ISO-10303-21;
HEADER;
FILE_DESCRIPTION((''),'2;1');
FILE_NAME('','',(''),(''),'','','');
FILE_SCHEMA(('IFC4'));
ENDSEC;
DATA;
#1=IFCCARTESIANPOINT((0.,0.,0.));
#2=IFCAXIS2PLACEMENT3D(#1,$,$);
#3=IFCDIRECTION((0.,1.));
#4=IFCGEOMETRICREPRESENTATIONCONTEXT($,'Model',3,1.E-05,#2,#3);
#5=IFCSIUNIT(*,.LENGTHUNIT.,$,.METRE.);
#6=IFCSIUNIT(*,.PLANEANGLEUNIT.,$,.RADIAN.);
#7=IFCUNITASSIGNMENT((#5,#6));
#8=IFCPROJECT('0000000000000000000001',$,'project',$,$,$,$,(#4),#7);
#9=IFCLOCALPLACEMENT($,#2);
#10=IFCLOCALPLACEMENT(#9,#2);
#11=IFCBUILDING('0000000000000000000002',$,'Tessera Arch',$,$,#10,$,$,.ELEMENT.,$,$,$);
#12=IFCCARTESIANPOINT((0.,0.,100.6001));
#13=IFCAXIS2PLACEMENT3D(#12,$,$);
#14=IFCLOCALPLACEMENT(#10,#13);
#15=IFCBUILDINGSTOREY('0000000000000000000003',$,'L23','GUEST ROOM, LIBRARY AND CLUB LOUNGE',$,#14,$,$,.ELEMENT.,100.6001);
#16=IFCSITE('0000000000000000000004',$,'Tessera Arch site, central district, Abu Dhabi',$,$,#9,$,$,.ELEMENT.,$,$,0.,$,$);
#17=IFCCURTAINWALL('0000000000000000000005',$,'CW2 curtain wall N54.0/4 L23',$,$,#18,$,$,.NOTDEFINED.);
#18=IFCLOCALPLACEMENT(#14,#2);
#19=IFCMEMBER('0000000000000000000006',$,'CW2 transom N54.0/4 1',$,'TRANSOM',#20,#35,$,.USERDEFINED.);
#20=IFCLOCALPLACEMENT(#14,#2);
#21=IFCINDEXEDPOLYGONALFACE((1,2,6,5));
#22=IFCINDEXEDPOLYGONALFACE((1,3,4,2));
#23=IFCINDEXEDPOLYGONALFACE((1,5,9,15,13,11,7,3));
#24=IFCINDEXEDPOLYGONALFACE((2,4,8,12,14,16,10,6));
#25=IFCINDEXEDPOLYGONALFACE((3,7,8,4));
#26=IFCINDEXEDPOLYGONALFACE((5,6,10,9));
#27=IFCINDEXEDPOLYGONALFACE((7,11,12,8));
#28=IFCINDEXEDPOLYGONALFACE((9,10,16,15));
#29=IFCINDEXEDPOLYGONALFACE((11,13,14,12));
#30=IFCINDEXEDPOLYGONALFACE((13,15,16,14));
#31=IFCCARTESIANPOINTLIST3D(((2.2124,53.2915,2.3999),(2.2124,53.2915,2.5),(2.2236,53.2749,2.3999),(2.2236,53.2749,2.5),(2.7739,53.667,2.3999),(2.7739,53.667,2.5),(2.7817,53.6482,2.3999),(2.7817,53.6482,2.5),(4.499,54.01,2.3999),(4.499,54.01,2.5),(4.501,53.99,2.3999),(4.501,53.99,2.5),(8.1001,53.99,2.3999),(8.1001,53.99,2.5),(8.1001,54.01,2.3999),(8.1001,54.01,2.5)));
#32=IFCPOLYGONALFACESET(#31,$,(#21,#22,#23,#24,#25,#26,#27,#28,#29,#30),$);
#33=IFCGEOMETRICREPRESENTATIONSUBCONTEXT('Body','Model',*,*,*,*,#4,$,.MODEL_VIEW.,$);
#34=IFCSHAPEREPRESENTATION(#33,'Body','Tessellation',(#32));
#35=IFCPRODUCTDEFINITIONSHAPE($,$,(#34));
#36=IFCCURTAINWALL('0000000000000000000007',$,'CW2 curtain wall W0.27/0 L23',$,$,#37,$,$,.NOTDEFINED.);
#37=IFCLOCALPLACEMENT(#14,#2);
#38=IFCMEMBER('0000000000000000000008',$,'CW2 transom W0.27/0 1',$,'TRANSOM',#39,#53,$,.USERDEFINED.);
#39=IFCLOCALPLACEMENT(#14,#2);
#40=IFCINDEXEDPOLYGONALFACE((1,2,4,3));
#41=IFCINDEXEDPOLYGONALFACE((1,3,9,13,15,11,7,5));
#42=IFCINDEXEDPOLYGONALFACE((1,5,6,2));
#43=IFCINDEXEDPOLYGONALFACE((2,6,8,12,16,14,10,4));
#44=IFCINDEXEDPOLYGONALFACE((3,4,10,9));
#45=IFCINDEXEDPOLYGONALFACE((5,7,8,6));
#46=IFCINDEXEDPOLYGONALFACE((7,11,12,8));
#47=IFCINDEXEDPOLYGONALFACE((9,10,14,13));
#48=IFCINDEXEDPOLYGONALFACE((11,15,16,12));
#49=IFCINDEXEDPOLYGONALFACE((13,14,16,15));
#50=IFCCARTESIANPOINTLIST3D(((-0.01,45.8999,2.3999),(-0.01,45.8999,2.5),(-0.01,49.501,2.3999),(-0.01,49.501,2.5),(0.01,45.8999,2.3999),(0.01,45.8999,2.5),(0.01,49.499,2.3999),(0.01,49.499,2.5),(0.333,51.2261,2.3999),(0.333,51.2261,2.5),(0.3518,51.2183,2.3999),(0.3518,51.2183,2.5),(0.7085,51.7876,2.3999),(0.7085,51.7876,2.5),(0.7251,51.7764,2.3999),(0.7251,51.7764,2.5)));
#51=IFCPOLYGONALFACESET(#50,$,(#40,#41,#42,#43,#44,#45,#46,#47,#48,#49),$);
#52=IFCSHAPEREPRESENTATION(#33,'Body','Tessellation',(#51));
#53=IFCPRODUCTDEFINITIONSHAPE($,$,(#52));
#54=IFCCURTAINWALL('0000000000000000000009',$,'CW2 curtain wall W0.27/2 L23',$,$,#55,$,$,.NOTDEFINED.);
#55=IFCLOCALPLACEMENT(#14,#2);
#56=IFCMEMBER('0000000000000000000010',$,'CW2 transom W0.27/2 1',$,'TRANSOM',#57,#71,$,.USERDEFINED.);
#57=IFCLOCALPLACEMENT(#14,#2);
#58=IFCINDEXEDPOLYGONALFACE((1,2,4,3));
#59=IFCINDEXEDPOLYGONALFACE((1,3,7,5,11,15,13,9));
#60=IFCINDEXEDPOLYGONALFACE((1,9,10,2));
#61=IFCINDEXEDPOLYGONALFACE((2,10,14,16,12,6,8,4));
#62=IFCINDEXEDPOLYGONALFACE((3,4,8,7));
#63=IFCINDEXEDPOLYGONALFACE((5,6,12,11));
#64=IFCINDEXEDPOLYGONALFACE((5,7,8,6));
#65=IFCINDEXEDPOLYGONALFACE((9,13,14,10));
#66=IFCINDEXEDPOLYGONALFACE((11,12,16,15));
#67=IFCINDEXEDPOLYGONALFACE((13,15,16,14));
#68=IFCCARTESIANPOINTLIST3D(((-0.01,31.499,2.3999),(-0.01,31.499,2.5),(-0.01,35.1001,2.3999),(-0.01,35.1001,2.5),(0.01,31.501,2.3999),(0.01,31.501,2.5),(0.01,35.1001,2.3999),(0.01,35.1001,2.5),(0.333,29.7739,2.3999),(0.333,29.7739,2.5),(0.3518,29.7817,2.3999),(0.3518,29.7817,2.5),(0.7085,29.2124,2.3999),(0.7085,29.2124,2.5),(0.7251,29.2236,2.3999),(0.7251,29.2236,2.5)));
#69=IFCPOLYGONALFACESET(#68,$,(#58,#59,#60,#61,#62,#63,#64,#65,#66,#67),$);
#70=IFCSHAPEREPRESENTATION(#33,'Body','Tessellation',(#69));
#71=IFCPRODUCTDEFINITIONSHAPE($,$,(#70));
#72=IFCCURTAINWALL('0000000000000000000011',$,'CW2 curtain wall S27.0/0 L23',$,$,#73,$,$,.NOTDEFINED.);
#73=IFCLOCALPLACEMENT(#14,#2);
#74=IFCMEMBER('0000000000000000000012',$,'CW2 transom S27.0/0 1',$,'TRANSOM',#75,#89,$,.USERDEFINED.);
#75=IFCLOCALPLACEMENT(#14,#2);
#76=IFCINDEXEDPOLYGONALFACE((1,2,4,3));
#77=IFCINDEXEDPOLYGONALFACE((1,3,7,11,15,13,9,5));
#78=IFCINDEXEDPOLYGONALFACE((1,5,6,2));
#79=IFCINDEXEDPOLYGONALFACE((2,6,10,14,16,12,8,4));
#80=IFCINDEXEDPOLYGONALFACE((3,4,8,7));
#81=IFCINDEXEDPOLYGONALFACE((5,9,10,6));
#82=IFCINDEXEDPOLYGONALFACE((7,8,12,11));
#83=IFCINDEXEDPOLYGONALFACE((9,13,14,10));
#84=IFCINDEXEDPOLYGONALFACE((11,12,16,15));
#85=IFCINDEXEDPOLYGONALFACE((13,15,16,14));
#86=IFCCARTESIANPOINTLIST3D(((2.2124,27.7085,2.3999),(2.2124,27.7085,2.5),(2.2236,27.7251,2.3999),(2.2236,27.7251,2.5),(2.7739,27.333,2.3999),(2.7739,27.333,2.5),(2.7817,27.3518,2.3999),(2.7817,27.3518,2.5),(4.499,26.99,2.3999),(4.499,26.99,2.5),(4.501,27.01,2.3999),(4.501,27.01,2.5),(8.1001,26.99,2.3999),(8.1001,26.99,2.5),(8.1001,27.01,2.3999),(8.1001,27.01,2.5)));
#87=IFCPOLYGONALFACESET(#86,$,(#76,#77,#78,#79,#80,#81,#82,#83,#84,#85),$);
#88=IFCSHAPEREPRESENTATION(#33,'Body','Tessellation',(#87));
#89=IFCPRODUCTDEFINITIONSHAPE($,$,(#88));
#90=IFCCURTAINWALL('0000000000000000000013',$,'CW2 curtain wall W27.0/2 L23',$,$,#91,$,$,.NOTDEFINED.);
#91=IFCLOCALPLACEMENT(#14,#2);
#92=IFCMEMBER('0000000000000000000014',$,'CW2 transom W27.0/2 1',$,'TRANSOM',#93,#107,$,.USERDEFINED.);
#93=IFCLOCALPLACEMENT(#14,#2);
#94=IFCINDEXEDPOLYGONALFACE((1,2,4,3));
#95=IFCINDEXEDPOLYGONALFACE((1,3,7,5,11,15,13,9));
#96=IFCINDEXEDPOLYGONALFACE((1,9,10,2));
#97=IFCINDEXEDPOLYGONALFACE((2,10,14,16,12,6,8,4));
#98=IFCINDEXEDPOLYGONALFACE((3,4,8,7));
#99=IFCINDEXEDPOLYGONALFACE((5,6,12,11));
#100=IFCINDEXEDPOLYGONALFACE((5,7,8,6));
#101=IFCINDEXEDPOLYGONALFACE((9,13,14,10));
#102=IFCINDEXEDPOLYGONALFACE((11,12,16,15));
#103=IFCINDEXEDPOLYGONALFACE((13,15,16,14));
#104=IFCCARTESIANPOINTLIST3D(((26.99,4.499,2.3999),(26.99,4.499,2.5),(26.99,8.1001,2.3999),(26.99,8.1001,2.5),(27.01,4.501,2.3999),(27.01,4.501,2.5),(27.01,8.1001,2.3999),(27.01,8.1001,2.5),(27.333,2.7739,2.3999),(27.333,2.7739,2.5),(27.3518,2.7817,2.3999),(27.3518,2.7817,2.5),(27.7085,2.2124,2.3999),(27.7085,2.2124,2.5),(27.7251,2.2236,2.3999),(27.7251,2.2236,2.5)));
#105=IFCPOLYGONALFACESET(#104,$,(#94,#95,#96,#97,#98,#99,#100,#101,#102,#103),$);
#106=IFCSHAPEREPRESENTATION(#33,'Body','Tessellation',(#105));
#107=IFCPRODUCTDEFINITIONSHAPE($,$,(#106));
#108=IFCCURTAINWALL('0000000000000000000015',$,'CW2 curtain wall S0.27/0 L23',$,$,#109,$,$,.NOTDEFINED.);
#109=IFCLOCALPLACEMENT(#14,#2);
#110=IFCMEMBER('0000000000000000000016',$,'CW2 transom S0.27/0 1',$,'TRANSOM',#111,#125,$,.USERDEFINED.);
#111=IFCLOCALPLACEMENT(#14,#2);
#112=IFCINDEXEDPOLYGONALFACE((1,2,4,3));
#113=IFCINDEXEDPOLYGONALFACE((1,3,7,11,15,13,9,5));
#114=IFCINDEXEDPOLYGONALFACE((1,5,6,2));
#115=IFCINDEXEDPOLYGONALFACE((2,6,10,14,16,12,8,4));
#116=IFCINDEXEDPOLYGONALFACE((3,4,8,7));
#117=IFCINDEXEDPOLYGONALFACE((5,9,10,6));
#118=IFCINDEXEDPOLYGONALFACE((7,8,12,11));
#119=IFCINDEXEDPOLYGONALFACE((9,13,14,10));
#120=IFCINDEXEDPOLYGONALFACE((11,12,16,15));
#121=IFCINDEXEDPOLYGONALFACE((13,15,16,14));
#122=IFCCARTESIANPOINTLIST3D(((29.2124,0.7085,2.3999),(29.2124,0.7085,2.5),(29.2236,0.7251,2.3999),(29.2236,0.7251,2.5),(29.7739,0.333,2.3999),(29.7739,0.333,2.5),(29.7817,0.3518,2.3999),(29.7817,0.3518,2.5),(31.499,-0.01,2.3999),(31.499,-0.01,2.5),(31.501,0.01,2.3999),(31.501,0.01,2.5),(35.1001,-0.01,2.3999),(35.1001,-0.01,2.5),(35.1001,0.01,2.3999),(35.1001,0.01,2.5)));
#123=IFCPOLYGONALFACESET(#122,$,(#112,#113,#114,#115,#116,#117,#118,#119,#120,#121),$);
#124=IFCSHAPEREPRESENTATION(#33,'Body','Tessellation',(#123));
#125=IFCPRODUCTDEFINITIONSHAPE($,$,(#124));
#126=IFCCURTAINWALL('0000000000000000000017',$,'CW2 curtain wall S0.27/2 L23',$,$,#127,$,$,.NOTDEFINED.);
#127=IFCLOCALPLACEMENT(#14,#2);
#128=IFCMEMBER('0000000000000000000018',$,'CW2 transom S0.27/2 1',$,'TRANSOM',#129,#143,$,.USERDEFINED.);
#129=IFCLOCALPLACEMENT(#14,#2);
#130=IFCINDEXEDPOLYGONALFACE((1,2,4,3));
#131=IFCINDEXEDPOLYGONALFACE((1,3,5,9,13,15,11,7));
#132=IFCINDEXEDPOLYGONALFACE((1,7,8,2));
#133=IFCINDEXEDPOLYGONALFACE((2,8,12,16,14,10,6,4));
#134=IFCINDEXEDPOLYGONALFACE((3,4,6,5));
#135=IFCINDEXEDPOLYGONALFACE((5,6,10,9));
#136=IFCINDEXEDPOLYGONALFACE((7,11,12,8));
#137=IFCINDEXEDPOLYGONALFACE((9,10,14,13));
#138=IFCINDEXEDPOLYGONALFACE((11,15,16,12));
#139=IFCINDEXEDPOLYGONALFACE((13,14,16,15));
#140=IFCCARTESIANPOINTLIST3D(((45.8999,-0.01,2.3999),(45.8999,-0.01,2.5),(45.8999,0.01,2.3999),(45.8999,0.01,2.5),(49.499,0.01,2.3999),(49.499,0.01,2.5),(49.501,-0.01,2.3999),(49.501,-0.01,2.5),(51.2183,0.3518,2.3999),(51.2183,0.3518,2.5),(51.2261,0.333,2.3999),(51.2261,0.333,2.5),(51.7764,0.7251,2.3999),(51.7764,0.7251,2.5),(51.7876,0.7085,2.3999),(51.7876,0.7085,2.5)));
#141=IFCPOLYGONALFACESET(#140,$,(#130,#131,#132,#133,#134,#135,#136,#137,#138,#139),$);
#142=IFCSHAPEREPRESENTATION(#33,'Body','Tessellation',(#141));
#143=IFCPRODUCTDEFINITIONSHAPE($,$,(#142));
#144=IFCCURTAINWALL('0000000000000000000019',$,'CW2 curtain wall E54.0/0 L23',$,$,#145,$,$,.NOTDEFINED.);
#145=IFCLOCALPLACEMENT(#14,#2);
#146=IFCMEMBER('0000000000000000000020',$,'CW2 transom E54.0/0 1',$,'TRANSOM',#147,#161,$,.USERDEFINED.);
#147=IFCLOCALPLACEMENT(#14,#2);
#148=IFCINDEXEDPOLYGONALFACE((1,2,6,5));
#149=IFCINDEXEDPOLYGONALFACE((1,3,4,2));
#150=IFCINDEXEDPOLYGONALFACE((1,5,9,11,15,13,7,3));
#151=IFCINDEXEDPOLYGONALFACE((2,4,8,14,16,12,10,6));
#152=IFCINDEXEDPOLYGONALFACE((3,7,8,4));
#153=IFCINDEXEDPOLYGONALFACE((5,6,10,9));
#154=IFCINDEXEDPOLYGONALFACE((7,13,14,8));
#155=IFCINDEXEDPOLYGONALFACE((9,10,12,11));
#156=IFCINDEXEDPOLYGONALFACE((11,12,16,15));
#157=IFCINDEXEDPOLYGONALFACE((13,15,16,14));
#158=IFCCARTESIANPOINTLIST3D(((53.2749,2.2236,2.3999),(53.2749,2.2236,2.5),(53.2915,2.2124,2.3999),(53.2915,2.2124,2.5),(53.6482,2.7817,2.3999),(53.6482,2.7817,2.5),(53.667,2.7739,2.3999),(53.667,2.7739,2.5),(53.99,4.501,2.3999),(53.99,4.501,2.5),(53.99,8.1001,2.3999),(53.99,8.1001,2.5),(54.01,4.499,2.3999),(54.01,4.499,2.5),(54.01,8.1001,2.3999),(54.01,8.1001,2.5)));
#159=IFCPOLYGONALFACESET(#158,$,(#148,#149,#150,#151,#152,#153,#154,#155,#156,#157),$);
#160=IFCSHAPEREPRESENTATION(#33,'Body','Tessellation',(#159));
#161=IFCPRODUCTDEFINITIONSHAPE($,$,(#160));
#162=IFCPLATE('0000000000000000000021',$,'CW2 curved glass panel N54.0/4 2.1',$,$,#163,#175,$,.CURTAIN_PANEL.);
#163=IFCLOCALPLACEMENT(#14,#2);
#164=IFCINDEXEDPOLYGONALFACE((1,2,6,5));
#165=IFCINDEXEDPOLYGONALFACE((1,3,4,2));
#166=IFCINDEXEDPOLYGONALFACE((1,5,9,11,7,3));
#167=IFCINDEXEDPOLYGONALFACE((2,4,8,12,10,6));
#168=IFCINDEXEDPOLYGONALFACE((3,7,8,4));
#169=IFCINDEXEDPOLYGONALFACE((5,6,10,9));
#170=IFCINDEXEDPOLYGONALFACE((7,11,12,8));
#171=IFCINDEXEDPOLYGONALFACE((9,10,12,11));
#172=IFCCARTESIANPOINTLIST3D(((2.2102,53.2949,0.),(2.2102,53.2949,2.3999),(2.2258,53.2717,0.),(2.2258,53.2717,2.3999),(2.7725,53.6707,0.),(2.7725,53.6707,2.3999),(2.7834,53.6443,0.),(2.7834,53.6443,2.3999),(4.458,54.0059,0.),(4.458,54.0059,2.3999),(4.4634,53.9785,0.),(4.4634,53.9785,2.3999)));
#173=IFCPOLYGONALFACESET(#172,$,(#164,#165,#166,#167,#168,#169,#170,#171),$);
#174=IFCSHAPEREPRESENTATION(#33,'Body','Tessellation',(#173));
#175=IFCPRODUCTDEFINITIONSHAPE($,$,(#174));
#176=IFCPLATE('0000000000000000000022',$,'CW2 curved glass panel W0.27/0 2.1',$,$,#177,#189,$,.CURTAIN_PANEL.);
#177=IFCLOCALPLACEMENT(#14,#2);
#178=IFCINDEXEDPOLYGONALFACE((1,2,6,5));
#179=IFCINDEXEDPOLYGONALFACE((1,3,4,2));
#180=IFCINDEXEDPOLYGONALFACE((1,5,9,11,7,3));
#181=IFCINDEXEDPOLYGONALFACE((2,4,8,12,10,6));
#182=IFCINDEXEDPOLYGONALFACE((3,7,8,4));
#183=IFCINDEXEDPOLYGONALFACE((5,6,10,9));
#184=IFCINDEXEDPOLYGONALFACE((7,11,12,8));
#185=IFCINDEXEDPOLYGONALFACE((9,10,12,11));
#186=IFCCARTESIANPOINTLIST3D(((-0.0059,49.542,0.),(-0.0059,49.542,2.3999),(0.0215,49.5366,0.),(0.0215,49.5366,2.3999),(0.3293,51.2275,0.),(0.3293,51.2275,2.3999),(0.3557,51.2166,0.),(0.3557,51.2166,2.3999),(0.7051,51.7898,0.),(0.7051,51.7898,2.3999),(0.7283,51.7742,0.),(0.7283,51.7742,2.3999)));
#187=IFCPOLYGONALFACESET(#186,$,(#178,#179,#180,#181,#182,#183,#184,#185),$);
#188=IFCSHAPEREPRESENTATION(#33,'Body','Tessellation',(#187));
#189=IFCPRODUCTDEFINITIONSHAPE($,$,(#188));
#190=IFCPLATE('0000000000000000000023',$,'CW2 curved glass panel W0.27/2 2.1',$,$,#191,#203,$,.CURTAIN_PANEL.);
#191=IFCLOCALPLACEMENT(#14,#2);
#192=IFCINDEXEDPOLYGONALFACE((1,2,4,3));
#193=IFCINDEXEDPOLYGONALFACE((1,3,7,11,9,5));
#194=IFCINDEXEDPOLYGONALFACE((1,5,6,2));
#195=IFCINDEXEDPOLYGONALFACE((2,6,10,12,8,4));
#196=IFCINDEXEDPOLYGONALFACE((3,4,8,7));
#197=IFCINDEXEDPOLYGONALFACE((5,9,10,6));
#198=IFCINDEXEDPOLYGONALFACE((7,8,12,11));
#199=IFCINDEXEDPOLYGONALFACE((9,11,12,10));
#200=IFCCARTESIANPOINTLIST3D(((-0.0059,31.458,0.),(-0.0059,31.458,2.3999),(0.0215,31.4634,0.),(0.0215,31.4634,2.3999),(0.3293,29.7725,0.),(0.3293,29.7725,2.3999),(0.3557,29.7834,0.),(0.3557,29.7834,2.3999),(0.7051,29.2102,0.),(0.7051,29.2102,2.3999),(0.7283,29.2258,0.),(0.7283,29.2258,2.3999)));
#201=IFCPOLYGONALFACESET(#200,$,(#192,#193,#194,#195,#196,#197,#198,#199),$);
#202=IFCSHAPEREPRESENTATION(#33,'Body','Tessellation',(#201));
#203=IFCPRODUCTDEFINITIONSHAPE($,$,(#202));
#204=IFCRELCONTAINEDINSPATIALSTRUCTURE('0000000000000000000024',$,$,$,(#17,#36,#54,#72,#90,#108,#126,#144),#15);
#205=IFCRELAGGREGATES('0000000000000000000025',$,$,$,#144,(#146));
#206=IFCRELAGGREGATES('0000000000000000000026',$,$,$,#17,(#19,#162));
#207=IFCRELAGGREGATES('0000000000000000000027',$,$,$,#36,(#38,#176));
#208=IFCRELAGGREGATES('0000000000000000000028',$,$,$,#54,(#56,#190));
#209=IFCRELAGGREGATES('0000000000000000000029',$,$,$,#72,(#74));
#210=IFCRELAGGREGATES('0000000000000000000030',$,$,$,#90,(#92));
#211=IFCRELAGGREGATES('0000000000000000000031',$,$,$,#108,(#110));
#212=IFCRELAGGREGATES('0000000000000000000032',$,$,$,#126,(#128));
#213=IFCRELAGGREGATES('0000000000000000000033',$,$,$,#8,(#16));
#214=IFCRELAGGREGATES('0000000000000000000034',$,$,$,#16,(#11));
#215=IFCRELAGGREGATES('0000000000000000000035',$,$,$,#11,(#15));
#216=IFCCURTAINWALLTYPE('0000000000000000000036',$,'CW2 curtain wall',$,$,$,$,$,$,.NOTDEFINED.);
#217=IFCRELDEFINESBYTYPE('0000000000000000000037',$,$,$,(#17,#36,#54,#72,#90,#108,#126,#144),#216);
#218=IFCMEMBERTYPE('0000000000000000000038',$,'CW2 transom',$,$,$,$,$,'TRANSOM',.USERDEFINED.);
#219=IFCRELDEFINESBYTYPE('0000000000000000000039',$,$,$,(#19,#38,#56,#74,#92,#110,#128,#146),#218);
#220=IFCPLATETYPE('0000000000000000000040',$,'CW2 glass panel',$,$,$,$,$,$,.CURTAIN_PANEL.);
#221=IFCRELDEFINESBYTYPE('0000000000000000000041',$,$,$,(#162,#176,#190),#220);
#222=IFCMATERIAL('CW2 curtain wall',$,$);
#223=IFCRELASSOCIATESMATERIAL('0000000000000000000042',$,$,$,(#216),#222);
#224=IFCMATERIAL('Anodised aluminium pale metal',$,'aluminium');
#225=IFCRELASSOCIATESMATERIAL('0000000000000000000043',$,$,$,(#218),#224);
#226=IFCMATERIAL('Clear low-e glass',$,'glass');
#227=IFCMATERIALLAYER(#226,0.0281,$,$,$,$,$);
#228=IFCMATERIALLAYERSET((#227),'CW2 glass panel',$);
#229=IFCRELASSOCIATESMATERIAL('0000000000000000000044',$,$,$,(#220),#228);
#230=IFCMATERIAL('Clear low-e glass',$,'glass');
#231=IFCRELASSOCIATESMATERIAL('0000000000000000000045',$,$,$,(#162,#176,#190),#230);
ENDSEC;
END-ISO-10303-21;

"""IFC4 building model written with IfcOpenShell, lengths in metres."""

from ifc_helpers import new_model, si_unit, direction, frame, origin, origin_2d, place, context, subcontext, project, spatial, polyline, rectangle, outline, extrude, material, layer, layer_set, material_profile, profile_set, type_object, element, aggregate, save


model = new_model("IFC4")

# Units and contexts
model_context = context("Model", 3, precision=1e-05, world=origin(), true_north=direction((0.0, 1.0)))
body_context = subcontext(model_context, "Body", "Model", "MODEL_VIEW")
ifc_project = project(units=[si_unit("LENGTHUNIT", "METRE"), si_unit("PLANEANGLEUNIT", "RADIAN")], contexts=[model_context])

# Site, building, storey
site_placement = place(None, origin())
site = spatial("IfcSite", under=ifc_project, at=site_placement, Name="Tessera Arch site, central district, Abu Dhabi", CompositionType="ELEMENT", RefElevation=0.0)
building_placement = place(site_placement, origin())
building = spatial("IfcBuilding", under=site, at=building_placement, Name="Tessera Arch", CompositionType="ELEMENT")
storey_placement = place(building_placement, frame((0.0, 0.0, 100.6001)))
storey = spatial("IfcBuildingStorey", under=building, at=storey_placement, Name="L23", Description="GUEST ROOM, LIBRARY AND CLUB LOUNGE", CompositionType="ELEMENT", Elevation=100.6001)

# Curtain walls, members
ifc_material_1 = material(Name="CW2 curtain wall")
curtain_wall_type = type_object("IfcCurtainWallType", Name="CW2 curtain wall", PredefinedType="NOTDEFINED", material=ifc_material_1)
curtain_wall_1_placement = place(storey_placement, origin())
curtain_wall_1 = element("IfcCurtainWall", 1, at=curtain_wall_1_placement, inside=storey, type_object=curtain_wall_type, Name="CW2 curtain wall N54.0/4 L23", PredefinedType="NOTDEFINED")
ifc_material_2 = material(Name="Anodised aluminium pale metal", Category="aluminium")
ifc_material_profile = material_profile(ifc_material_2, rectangle(XDim=0.2, YDim=0.1001, at=origin_2d()), Name="AL 200x100")
ifc_profile_set = profile_set([ifc_material_profile], Name="Anodised aluminium pale metal")
member_type = type_object("IfcMemberType", Name="CW2 transom", ElementType="TRANSOM", PredefinedType="USERDEFINED", material=ifc_profile_set)
member_1_placement = place(storey_placement, frame((0.0, 0.0, 2.3999)))
member_1 = element("IfcMember", 2, at=member_1_placement, type_object=member_type, Name="CW2 transom N54.0/4 1", ObjectType="TRANSOM", PredefinedType="USERDEFINED", context=body_context, shape_type="SweptSolid", body=[
    extrude(outline(polyline([(4.501, 53.99), (8.1001, 53.99), (8.1001, 54.01), (4.499, 54.01), (2.7739, 53.667), (2.2124, 53.2915), (2.2236, 53.2749), (2.7817, 53.6482), (4.501, 53.99)])), origin(), (0.0, 0.0, 1.0), 0.1001),
])
curtain_wall_2_placement = place(storey_placement, origin())
curtain_wall_2 = element("IfcCurtainWall", 3, at=curtain_wall_2_placement, inside=storey, type_object=curtain_wall_type, Name="CW2 curtain wall W0.27/0 L23", PredefinedType="NOTDEFINED")
member_2_placement = place(storey_placement, frame((0.0, 0.0, 2.3999)))
member_2 = element("IfcMember", 4, at=member_2_placement, type_object=member_type, Name="CW2 transom W0.27/0 1", ObjectType="TRANSOM", PredefinedType="USERDEFINED", context=body_context, shape_type="SweptSolid", body=[
    extrude(outline(polyline([(0.3518, 51.2183), (0.7251, 51.7764), (0.7085, 51.7876), (0.333, 51.2261), (-0.01, 49.501), (-0.01, 45.8999), (0.01, 45.8999), (0.01, 49.499), (0.3518, 51.2183)])), origin(), (0.0, 0.0, 1.0), 0.1001),
])
curtain_wall_3_placement = place(storey_placement, origin())
curtain_wall_3 = element("IfcCurtainWall", 5, at=curtain_wall_3_placement, inside=storey, type_object=curtain_wall_type, Name="CW2 curtain wall W0.27/2 L23", PredefinedType="NOTDEFINED")
member_3_placement = place(storey_placement, frame((0.0, 0.0, 2.3999)))
member_3 = element("IfcMember", 6, at=member_3_placement, type_object=member_type, Name="CW2 transom W0.27/2 1", ObjectType="TRANSOM", PredefinedType="USERDEFINED", context=body_context, shape_type="SweptSolid", body=[
    extrude(outline(polyline([(0.01, 31.501), (0.01, 35.1001), (-0.01, 35.1001), (-0.01, 31.499), (0.333, 29.7739), (0.7085, 29.2124), (0.7251, 29.2236), (0.3518, 29.7817), (0.01, 31.501)])), origin(), (0.0, 0.0, 1.0), 0.1001),
])
curtain_wall_4_placement = place(storey_placement, origin())
curtain_wall_4 = element("IfcCurtainWall", 7, at=curtain_wall_4_placement, inside=storey, type_object=curtain_wall_type, Name="CW2 curtain wall S27.0/0 L23", PredefinedType="NOTDEFINED")
member_4_placement = place(storey_placement, frame((0.0, 0.0, 2.3999)))
member_4 = element("IfcMember", 8, at=member_4_placement, type_object=member_type, Name="CW2 transom S27.0/0 1", ObjectType="TRANSOM", PredefinedType="USERDEFINED", context=body_context, shape_type="SweptSolid", body=[
    extrude(outline(polyline([(2.7817, 27.3518), (2.2236, 27.7251), (2.2124, 27.7085), (2.7739, 27.333), (4.499, 26.99), (8.1001, 26.99), (8.1001, 27.01), (4.501, 27.01), (2.7817, 27.3518)])), origin(), (0.0, 0.0, 1.0), 0.1001),
])
curtain_wall_5_placement = place(storey_placement, origin())
curtain_wall_5 = element("IfcCurtainWall", 9, at=curtain_wall_5_placement, inside=storey, type_object=curtain_wall_type, Name="CW2 curtain wall W27.0/2 L23", PredefinedType="NOTDEFINED")
member_5_placement = place(storey_placement, frame((0.0, 0.0, 2.3999)))
member_5 = element("IfcMember", 10, at=member_5_placement, type_object=member_type, Name="CW2 transom W27.0/2 1", ObjectType="TRANSOM", PredefinedType="USERDEFINED", context=body_context, shape_type="SweptSolid", body=[
    extrude(outline(polyline([(27.01, 4.501), (27.01, 8.1001), (26.99, 8.1001), (26.99, 4.499), (27.333, 2.7739), (27.7085, 2.2124), (27.7251, 2.2236), (27.3518, 2.7817), (27.01, 4.501)])), origin(), (0.0, 0.0, 1.0), 0.1001),
])
curtain_wall_6_placement = place(storey_placement, origin())
curtain_wall_6 = element("IfcCurtainWall", 11, at=curtain_wall_6_placement, inside=storey, type_object=curtain_wall_type, Name="CW2 curtain wall S0.27/0 L23", PredefinedType="NOTDEFINED")
member_6_placement = place(storey_placement, frame((0.0, 0.0, 2.3999)))
member_6 = element("IfcMember", 12, at=member_6_placement, type_object=member_type, Name="CW2 transom S0.27/0 1", ObjectType="TRANSOM", PredefinedType="USERDEFINED", context=body_context, shape_type="SweptSolid", body=[
    extrude(outline(polyline([(29.7817, 0.3518), (29.2236, 0.7251), (29.2124, 0.7085), (29.7739, 0.333), (31.499, -0.01), (35.1001, -0.01), (35.1001, 0.01), (31.501, 0.01), (29.7817, 0.3518)])), origin(), (0.0, 0.0, 1.0), 0.1001),
])
curtain_wall_7_placement = place(storey_placement, origin())
curtain_wall_7 = element("IfcCurtainWall", 13, at=curtain_wall_7_placement, inside=storey, type_object=curtain_wall_type, Name="CW2 curtain wall S0.27/2 L23", PredefinedType="NOTDEFINED")
member_7_placement = place(storey_placement, frame((0.0, 0.0, 2.3999)))
member_7 = element("IfcMember", 14, at=member_7_placement, type_object=member_type, Name="CW2 transom S0.27/2 1", ObjectType="TRANSOM", PredefinedType="USERDEFINED", context=body_context, shape_type="SweptSolid", body=[
    extrude(outline(polyline([(49.499, 0.01), (45.8999, 0.01), (45.8999, -0.01), (49.501, -0.01), (51.2261, 0.333), (51.7876, 0.7085), (51.7764, 0.7251), (51.2183, 0.3518), (49.499, 0.01)])), origin(), (0.0, 0.0, 1.0), 0.1001),
])
curtain_wall_8_placement = place(storey_placement, origin())
curtain_wall_8 = element("IfcCurtainWall", 15, at=curtain_wall_8_placement, inside=storey, type_object=curtain_wall_type, Name="CW2 curtain wall E54.0/0 L23", PredefinedType="NOTDEFINED")
member_8_placement = place(storey_placement, frame((0.0, 0.0, 2.3999)))
member_8 = element("IfcMember", 16, at=member_8_placement, type_object=member_type, Name="CW2 transom E54.0/0 1", ObjectType="TRANSOM", PredefinedType="USERDEFINED", context=body_context, shape_type="SweptSolid", body=[
    extrude(outline(polyline([(53.6482, 2.7817), (53.2749, 2.2236), (53.2915, 2.2124), (53.667, 2.7739), (54.01, 4.499), (54.01, 8.1001), (53.99, 8.1001), (53.99, 4.501), (53.6482, 2.7817)])), origin(), (0.0, 0.0, 1.0), 0.1001),
])

# Plates
ifc_material_3 = material(Name="Clear low-e glass", Category="glass")
ifc_material_4 = material(Name="Clear low-e glass", Category="glass")
ifc_layer_1 = layer(ifc_material_4, 0.0281)
ifc_layer_set_1 = layer_set([ifc_layer_1], Name="CW2 glass panel")
plate_type_1 = type_object("IfcPlateType", Name="CW2 glass panel", PredefinedType="CURTAIN_PANEL", material=ifc_layer_set_1)
plate_1_placement = place(storey_placement, origin())
plate_1 = element("IfcPlate", 17, at=plate_1_placement, type_object=plate_type_1, material=ifc_material_3, Name="CW2 curved glass panel N54.0/4 2.1", PredefinedType="CURTAIN_PANEL", context=body_context, shape_type="SweptSolid", body=[
    extrude(outline(polyline([(2.7834, 53.6443), (4.4634, 53.9785), (4.458, 54.0059), (2.7725, 53.6707), (2.2102, 53.2949), (2.2258, 53.2717), (2.7834, 53.6443)])), origin(), (0.0, 0.0, 1.0), 2.3999),
])
plate_2_placement = place(storey_placement, origin())
plate_2 = element("IfcPlate", 18, at=plate_2_placement, type_object=plate_type_1, material=ifc_material_3, Name="CW2 curved glass panel W0.27/0 2.1", PredefinedType="CURTAIN_PANEL", context=body_context, shape_type="SweptSolid", body=[
    extrude(outline(polyline([(0.3557, 51.2166), (0.7283, 51.7742), (0.7051, 51.7898), (0.3293, 51.2275), (-0.0059, 49.542), (0.0215, 49.5366), (0.3557, 51.2166)])), origin(), (0.0, 0.0, 1.0), 2.3999),
])
plate_3_placement = place(storey_placement, origin())
plate_3 = element("IfcPlate", 19, at=plate_3_placement, type_object=plate_type_1, material=ifc_material_3, Name="CW2 curved glass panel W0.27/2 2.1", PredefinedType="CURTAIN_PANEL", context=body_context, shape_type="SweptSolid", body=[
    extrude(outline(polyline([(0.3557, 29.7834), (0.0215, 31.4634), (-0.0059, 31.458), (0.3293, 29.7725), (0.7051, 29.2102), (0.7283, 29.2258), (0.3557, 29.7834)])), origin(), (0.0, 0.0, 1.0), 2.3999),
])
aggregate(curtain_wall_8, [member_8])
aggregate(curtain_wall_1, [member_1, plate_1])
aggregate(curtain_wall_2, [member_2, plate_2])
aggregate(curtain_wall_3, [member_3, plate_3])
aggregate(curtain_wall_4, [member_4])
aggregate(curtain_wall_5, [member_5])
aggregate(curtain_wall_6, [member_6])
aggregate(curtain_wall_7, [member_7])

save(model, "model.ifc")
